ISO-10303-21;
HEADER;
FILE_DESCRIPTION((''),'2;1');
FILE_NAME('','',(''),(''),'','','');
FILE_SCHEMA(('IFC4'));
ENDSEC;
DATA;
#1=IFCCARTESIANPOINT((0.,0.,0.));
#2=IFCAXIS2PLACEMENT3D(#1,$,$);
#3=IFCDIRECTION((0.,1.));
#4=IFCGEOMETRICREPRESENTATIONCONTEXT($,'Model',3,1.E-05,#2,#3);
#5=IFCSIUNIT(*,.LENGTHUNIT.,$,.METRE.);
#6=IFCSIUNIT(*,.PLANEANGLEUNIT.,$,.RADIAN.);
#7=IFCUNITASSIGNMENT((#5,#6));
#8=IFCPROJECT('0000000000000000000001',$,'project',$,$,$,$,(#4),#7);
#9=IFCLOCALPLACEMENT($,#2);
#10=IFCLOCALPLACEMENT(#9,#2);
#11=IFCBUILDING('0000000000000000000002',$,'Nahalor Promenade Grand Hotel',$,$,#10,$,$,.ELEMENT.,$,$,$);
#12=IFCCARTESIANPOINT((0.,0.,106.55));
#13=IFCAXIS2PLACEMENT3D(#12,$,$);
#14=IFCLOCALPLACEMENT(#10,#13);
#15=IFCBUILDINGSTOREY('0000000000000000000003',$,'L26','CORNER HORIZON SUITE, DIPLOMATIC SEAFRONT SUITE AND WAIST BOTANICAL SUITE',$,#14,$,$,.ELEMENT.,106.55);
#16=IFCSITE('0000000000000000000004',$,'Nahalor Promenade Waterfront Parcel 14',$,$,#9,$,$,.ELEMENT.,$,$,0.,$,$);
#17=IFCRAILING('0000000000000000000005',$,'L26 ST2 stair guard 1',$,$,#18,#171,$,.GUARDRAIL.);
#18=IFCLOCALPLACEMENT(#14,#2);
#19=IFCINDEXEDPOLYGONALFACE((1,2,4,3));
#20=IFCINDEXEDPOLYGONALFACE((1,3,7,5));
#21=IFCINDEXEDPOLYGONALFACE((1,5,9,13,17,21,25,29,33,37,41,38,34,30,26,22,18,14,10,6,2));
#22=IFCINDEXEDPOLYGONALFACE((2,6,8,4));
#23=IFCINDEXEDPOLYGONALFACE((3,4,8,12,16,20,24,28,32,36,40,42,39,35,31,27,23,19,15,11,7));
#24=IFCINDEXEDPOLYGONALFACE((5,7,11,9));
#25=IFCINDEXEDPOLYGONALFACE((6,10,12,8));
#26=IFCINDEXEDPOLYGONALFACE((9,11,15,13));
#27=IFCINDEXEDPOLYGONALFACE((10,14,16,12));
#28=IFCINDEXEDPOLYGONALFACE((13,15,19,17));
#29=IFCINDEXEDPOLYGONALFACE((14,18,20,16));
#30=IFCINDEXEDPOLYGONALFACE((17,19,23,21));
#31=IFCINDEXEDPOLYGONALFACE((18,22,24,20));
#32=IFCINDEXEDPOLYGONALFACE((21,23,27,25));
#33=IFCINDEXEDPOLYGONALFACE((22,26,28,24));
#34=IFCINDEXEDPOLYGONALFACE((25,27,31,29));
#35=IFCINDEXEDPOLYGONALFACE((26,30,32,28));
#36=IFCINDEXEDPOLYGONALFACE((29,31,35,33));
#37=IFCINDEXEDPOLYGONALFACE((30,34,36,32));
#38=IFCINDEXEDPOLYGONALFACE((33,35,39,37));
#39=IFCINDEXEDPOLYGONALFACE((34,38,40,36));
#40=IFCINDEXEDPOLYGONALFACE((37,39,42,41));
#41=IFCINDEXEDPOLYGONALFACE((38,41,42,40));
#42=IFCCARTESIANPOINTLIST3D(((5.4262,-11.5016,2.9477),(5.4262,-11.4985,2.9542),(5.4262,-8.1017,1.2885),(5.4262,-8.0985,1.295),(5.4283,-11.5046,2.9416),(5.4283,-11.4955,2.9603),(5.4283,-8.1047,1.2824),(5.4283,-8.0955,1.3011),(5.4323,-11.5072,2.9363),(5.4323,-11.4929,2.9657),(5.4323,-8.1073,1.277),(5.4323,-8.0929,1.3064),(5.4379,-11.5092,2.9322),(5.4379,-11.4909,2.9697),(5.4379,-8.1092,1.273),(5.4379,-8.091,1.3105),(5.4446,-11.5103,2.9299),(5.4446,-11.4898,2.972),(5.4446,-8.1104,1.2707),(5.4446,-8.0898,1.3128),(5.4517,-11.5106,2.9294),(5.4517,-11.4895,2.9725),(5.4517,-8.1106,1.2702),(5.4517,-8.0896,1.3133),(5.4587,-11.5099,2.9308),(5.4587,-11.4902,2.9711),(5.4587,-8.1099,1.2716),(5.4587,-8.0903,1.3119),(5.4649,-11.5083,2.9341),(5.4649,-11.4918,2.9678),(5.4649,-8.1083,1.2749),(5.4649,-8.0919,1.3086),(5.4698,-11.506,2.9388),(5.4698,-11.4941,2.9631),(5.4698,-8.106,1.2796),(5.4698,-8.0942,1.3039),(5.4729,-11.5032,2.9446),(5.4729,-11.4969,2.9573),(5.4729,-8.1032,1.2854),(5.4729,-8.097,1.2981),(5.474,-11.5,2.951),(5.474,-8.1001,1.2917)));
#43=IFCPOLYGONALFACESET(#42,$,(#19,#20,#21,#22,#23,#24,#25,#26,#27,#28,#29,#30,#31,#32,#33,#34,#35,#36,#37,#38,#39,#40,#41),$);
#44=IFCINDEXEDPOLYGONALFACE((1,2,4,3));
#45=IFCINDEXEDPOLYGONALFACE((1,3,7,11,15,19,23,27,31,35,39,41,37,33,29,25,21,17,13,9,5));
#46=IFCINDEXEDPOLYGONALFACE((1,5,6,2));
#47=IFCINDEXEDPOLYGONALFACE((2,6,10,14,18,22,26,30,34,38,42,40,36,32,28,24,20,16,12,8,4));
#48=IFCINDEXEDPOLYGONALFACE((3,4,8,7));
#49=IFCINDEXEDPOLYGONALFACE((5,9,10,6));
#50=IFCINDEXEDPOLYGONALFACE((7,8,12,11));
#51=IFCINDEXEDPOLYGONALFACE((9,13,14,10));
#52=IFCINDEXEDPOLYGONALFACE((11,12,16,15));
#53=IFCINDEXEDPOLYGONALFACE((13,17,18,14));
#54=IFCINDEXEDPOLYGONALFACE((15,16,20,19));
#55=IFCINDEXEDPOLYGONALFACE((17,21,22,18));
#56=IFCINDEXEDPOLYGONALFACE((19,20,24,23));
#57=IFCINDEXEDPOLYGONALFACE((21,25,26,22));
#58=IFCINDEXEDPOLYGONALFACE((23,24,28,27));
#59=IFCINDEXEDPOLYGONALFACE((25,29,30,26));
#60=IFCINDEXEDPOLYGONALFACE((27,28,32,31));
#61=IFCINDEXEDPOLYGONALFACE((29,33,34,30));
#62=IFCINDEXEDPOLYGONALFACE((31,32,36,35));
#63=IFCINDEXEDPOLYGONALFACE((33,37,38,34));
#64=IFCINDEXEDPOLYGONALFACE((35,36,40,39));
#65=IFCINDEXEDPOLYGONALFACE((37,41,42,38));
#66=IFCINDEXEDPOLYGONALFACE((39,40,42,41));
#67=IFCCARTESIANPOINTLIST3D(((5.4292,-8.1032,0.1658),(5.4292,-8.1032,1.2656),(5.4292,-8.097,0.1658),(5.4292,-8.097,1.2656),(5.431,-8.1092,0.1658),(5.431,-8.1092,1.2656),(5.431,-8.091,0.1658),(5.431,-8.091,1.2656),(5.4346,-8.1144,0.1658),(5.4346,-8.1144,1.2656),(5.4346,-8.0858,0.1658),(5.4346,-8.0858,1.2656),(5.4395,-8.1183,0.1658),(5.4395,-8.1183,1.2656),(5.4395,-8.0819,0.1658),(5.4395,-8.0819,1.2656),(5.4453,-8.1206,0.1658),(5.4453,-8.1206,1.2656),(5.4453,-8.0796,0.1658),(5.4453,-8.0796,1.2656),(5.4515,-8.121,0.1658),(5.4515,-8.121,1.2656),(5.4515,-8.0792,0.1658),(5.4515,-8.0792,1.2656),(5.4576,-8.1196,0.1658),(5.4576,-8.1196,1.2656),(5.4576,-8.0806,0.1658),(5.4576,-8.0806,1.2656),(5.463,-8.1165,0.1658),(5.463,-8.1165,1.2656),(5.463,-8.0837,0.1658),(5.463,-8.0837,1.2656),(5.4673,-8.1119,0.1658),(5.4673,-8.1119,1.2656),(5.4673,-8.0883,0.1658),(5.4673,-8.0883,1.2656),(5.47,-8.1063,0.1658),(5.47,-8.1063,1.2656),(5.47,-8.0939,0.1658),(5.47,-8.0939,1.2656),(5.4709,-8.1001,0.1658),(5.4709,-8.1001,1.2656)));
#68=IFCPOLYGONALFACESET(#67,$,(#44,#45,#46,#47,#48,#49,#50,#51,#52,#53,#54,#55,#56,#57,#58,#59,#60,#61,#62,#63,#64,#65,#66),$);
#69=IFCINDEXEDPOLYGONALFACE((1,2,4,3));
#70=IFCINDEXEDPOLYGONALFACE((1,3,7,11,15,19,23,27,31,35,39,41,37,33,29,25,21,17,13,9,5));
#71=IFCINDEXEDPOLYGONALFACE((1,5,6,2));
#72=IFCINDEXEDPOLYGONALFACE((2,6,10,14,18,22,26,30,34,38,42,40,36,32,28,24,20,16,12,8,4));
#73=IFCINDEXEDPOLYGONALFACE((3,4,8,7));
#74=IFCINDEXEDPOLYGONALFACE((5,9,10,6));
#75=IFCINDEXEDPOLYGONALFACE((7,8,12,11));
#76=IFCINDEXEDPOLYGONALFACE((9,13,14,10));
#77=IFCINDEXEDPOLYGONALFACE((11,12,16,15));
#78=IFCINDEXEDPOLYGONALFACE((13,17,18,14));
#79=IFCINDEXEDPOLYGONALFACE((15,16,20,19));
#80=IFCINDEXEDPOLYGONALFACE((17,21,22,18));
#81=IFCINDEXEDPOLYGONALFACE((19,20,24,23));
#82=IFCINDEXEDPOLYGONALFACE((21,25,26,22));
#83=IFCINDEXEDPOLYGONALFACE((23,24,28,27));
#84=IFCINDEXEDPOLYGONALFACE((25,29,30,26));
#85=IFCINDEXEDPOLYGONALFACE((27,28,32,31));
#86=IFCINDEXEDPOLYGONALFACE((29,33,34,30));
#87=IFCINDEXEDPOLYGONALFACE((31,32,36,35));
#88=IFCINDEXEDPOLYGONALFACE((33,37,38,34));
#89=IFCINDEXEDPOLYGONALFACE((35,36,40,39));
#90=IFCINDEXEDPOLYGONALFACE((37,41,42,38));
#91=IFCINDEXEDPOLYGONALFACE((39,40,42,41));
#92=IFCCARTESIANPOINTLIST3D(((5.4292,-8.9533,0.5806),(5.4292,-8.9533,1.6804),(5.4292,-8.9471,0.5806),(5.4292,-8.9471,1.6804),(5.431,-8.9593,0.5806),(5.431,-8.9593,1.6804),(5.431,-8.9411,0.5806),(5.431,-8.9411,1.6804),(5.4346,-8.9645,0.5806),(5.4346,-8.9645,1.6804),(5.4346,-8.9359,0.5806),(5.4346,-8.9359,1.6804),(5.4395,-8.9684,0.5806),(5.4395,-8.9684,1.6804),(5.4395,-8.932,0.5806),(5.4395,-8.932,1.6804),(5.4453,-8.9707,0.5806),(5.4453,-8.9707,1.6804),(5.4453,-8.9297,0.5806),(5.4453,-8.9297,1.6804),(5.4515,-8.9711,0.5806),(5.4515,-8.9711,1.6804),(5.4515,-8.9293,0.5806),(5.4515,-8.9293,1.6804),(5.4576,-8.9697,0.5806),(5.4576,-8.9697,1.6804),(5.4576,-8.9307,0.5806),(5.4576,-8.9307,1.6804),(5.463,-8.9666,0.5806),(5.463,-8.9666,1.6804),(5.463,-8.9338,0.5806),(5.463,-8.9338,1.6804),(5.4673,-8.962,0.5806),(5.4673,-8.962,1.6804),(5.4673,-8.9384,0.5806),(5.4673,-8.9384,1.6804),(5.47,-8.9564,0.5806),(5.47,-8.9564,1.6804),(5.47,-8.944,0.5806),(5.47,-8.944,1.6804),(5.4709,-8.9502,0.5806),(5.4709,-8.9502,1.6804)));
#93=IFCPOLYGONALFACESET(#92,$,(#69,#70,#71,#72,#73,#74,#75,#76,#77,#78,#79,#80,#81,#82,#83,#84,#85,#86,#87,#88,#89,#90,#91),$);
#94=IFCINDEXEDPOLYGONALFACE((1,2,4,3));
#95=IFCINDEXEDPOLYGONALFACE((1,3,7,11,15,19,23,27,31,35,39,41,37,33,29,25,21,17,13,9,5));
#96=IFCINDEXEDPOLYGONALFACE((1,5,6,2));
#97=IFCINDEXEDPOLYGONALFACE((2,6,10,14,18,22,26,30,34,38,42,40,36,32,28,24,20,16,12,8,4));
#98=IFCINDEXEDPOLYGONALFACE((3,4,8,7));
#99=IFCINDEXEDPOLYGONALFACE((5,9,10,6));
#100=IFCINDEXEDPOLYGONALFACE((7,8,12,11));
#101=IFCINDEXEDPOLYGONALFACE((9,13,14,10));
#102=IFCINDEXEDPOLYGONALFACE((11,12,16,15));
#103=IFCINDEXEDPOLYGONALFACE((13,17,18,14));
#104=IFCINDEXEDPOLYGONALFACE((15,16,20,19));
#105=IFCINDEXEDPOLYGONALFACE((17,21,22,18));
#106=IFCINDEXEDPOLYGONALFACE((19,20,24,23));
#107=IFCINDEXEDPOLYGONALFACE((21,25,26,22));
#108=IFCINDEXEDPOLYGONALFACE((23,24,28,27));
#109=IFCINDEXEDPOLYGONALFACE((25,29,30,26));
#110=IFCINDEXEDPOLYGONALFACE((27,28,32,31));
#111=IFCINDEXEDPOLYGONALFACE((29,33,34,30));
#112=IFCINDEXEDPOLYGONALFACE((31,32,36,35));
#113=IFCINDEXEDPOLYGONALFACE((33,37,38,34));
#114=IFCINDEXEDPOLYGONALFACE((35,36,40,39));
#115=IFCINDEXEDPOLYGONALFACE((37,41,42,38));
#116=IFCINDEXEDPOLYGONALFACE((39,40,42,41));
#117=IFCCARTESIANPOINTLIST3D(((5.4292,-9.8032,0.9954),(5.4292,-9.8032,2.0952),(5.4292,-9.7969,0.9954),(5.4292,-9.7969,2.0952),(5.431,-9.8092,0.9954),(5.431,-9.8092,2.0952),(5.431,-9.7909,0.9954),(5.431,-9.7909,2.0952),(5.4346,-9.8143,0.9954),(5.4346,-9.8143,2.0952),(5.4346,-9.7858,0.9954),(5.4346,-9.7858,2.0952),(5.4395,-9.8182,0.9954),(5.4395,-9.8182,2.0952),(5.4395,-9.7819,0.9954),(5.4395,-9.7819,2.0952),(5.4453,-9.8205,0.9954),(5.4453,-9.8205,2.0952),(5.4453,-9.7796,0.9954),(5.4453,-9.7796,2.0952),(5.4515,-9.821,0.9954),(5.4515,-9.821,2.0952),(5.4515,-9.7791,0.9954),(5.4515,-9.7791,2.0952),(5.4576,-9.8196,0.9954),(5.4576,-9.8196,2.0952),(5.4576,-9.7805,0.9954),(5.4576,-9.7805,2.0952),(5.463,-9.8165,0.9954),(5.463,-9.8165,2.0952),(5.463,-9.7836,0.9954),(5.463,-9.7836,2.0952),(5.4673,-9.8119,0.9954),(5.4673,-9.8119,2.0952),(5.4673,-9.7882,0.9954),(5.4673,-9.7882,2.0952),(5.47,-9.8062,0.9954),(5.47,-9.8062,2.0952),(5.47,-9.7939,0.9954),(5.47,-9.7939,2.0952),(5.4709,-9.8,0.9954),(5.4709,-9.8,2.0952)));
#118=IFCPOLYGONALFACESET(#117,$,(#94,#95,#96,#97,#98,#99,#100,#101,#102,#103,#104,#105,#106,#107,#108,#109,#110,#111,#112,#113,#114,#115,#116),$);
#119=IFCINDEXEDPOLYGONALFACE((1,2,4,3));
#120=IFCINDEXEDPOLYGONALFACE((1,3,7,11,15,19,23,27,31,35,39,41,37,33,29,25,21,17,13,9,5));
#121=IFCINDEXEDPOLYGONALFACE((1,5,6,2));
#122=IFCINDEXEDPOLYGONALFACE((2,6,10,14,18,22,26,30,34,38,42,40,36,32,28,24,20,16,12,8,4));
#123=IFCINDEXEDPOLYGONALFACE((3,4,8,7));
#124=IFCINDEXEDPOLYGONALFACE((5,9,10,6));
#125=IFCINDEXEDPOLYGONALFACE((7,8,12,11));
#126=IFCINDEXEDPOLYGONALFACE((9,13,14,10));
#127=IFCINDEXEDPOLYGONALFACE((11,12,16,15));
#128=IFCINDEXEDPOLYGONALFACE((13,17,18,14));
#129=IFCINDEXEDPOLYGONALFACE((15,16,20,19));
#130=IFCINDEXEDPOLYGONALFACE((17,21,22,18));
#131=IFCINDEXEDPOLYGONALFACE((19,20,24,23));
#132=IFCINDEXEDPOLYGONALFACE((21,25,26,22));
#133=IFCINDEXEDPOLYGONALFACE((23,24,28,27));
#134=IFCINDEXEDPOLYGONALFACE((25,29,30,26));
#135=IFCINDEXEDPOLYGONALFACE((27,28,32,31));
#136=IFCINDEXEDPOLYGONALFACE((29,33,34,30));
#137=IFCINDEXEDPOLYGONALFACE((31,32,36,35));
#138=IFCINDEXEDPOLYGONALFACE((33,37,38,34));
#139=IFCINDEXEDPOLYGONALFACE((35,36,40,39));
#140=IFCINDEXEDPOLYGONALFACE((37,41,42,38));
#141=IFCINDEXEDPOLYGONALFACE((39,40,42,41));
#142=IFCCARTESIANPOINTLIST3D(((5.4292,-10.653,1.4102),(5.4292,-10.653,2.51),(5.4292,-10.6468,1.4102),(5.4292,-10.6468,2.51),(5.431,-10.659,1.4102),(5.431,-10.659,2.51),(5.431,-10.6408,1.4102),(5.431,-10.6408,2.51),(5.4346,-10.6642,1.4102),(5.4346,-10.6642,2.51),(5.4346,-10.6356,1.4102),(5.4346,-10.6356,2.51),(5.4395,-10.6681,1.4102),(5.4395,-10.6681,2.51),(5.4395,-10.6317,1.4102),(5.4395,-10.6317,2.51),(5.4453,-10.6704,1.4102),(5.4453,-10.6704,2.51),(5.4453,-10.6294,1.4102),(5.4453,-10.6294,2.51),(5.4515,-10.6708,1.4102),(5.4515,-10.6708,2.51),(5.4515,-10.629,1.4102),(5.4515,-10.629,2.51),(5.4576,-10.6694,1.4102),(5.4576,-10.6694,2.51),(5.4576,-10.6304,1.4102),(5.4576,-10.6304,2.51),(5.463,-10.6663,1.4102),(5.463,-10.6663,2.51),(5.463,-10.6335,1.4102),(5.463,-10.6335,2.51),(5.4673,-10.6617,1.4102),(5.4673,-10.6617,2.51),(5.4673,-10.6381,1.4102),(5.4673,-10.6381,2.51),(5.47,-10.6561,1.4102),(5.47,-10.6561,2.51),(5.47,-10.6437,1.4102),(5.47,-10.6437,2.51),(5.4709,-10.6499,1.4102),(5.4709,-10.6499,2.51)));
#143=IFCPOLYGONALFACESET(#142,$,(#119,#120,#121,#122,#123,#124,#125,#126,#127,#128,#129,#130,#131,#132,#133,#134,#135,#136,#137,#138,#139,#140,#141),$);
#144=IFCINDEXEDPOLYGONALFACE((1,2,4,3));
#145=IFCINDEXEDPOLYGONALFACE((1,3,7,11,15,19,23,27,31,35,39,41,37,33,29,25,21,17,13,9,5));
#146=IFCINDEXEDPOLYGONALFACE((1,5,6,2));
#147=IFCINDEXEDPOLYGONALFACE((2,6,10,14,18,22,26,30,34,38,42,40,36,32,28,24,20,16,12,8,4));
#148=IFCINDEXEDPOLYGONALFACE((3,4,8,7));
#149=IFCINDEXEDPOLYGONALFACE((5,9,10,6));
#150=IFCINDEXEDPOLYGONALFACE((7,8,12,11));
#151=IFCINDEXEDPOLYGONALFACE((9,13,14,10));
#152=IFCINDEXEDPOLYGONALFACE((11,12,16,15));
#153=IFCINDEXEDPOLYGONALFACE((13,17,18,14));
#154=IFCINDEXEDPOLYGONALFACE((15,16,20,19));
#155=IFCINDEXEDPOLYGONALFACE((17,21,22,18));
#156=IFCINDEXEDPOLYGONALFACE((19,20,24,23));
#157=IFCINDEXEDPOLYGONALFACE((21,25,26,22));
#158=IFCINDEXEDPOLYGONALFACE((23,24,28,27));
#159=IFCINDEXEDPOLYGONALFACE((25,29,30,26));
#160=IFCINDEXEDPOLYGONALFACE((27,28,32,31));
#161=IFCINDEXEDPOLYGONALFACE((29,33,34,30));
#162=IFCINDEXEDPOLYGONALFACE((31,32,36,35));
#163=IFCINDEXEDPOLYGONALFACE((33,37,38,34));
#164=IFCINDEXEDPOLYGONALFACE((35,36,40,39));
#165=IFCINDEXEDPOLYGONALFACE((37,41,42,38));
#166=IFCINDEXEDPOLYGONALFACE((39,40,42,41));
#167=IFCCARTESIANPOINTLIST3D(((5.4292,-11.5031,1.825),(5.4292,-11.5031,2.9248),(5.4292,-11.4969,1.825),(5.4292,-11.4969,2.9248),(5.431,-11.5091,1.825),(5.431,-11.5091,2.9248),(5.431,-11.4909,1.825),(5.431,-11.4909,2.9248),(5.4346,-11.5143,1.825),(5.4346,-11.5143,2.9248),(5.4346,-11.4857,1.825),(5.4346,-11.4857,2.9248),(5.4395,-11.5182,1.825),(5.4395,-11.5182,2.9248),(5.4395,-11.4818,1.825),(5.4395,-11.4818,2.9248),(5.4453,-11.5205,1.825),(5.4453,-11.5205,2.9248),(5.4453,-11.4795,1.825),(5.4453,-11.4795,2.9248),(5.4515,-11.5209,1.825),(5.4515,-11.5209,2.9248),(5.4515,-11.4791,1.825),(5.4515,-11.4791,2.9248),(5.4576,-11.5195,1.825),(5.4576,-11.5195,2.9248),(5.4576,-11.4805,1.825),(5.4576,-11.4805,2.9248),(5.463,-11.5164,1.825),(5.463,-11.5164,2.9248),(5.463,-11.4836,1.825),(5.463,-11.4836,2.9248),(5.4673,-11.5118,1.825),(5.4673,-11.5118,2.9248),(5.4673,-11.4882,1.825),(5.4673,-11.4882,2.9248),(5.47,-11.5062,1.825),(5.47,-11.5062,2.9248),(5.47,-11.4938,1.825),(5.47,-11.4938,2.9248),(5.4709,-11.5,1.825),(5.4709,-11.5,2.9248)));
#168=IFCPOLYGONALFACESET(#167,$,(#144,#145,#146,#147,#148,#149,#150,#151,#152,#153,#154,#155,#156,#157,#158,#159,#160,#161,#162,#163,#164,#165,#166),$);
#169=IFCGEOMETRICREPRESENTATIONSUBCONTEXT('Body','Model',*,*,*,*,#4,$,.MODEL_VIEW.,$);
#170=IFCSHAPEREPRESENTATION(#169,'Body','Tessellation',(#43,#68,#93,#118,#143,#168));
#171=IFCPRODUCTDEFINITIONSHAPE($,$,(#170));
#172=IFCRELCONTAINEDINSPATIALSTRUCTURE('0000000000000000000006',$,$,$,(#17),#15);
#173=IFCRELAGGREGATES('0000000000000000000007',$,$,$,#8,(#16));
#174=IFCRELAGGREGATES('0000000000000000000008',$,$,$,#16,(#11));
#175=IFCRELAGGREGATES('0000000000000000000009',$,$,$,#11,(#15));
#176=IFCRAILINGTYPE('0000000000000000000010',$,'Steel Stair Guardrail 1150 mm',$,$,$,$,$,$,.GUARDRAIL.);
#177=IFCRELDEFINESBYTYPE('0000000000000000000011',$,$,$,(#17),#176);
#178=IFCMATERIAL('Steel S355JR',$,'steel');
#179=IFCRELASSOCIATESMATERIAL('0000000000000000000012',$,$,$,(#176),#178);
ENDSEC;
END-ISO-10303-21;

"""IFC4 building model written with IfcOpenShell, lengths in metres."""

from ifc_helpers import new_model, si_unit, direction, frame, origin, origin_2d, place, context, subcontext, project, spatial, circle, extrude, material, type_object, element, save


model = new_model("IFC4")

# Units and contexts
model_context = context("Model", 3, precision=1e-05, world=origin(), true_north=direction((0.0, 1.0)))
body_context = subcontext(model_context, "Body", "Model", "MODEL_VIEW")
ifc_project = project(units=[si_unit("LENGTHUNIT", "METRE"), si_unit("PLANEANGLEUNIT", "RADIAN")], contexts=[model_context])

# Site, building, storey
site_placement = place(None, origin())
site = spatial("IfcSite", under=ifc_project, at=site_placement, Name="Nahalor Promenade Waterfront Parcel 14", CompositionType="ELEMENT", RefElevation=0.0)
building_placement = place(site_placement, origin())
building = spatial("IfcBuilding", under=site, at=building_placement, Name="Nahalor Promenade Grand Hotel", CompositionType="ELEMENT")
storey_placement = place(building_placement, frame((0.0, 0.0, 106.55)))
storey = spatial("IfcBuildingStorey", under=building, at=storey_placement, Name="L26", Description="CORNER HORIZON SUITE, DIPLOMATIC SEAFRONT SUITE AND WAIST BOTANICAL SUITE", CompositionType="ELEMENT", Elevation=106.55)

# Shared definitions
ifc_material_1 = material(Name="Steel S355JR", Category="steel")

# Railing
railing_type_1 = type_object("IfcRailingType", Name="Steel Stair Guardrail 1150 mm", PredefinedType="GUARDRAIL", material=ifc_material_1)
railing_1_placement = place(storey_placement, frame((5.45, -8.1001, 0.1658)))
element("IfcRailing", 1, at=railing_1_placement, inside=storey, type_object=railing_type_1, Name="L26 ST2 stair guard 1", PredefinedType="GUARDRAIL", context=body_context, shape_type="SweptSolid", body=[
    extrude(circle(Radius=0.024, at=origin_2d()), frame((0.0, 0.0, 1.126), z_axis=(0.0, -0.898696, 0.438571), x_axis=(1.0, 0.0, 0.0)), (0.0, 0.0, 1.0), 3.7832),
    extrude(circle(Radius=0.021, at=origin_2d()), origin(), (0.0, 0.0, 1.0), 1.0999),
    extrude(circle(Radius=0.021, at=origin_2d()), frame((0.0, -0.8501, 0.4148)), (0.0, 0.0, 1.0), 1.0999),
    extrude(circle(Radius=0.021, at=origin_2d()), frame((0.0, -1.7, 0.8296)), (0.0, 0.0, 1.0), 1.0999),
    extrude(circle(Radius=0.021, at=origin_2d()), frame((0.0, -2.5498, 1.2444)), (0.0, 0.0, 1.0), 1.0999),
    extrude(circle(Radius=0.021, at=origin_2d()), frame((0.0, -3.3999, 1.6592)), (0.0, 0.0, 1.0), 1.0999),
])

save(model, "model.ifc")
